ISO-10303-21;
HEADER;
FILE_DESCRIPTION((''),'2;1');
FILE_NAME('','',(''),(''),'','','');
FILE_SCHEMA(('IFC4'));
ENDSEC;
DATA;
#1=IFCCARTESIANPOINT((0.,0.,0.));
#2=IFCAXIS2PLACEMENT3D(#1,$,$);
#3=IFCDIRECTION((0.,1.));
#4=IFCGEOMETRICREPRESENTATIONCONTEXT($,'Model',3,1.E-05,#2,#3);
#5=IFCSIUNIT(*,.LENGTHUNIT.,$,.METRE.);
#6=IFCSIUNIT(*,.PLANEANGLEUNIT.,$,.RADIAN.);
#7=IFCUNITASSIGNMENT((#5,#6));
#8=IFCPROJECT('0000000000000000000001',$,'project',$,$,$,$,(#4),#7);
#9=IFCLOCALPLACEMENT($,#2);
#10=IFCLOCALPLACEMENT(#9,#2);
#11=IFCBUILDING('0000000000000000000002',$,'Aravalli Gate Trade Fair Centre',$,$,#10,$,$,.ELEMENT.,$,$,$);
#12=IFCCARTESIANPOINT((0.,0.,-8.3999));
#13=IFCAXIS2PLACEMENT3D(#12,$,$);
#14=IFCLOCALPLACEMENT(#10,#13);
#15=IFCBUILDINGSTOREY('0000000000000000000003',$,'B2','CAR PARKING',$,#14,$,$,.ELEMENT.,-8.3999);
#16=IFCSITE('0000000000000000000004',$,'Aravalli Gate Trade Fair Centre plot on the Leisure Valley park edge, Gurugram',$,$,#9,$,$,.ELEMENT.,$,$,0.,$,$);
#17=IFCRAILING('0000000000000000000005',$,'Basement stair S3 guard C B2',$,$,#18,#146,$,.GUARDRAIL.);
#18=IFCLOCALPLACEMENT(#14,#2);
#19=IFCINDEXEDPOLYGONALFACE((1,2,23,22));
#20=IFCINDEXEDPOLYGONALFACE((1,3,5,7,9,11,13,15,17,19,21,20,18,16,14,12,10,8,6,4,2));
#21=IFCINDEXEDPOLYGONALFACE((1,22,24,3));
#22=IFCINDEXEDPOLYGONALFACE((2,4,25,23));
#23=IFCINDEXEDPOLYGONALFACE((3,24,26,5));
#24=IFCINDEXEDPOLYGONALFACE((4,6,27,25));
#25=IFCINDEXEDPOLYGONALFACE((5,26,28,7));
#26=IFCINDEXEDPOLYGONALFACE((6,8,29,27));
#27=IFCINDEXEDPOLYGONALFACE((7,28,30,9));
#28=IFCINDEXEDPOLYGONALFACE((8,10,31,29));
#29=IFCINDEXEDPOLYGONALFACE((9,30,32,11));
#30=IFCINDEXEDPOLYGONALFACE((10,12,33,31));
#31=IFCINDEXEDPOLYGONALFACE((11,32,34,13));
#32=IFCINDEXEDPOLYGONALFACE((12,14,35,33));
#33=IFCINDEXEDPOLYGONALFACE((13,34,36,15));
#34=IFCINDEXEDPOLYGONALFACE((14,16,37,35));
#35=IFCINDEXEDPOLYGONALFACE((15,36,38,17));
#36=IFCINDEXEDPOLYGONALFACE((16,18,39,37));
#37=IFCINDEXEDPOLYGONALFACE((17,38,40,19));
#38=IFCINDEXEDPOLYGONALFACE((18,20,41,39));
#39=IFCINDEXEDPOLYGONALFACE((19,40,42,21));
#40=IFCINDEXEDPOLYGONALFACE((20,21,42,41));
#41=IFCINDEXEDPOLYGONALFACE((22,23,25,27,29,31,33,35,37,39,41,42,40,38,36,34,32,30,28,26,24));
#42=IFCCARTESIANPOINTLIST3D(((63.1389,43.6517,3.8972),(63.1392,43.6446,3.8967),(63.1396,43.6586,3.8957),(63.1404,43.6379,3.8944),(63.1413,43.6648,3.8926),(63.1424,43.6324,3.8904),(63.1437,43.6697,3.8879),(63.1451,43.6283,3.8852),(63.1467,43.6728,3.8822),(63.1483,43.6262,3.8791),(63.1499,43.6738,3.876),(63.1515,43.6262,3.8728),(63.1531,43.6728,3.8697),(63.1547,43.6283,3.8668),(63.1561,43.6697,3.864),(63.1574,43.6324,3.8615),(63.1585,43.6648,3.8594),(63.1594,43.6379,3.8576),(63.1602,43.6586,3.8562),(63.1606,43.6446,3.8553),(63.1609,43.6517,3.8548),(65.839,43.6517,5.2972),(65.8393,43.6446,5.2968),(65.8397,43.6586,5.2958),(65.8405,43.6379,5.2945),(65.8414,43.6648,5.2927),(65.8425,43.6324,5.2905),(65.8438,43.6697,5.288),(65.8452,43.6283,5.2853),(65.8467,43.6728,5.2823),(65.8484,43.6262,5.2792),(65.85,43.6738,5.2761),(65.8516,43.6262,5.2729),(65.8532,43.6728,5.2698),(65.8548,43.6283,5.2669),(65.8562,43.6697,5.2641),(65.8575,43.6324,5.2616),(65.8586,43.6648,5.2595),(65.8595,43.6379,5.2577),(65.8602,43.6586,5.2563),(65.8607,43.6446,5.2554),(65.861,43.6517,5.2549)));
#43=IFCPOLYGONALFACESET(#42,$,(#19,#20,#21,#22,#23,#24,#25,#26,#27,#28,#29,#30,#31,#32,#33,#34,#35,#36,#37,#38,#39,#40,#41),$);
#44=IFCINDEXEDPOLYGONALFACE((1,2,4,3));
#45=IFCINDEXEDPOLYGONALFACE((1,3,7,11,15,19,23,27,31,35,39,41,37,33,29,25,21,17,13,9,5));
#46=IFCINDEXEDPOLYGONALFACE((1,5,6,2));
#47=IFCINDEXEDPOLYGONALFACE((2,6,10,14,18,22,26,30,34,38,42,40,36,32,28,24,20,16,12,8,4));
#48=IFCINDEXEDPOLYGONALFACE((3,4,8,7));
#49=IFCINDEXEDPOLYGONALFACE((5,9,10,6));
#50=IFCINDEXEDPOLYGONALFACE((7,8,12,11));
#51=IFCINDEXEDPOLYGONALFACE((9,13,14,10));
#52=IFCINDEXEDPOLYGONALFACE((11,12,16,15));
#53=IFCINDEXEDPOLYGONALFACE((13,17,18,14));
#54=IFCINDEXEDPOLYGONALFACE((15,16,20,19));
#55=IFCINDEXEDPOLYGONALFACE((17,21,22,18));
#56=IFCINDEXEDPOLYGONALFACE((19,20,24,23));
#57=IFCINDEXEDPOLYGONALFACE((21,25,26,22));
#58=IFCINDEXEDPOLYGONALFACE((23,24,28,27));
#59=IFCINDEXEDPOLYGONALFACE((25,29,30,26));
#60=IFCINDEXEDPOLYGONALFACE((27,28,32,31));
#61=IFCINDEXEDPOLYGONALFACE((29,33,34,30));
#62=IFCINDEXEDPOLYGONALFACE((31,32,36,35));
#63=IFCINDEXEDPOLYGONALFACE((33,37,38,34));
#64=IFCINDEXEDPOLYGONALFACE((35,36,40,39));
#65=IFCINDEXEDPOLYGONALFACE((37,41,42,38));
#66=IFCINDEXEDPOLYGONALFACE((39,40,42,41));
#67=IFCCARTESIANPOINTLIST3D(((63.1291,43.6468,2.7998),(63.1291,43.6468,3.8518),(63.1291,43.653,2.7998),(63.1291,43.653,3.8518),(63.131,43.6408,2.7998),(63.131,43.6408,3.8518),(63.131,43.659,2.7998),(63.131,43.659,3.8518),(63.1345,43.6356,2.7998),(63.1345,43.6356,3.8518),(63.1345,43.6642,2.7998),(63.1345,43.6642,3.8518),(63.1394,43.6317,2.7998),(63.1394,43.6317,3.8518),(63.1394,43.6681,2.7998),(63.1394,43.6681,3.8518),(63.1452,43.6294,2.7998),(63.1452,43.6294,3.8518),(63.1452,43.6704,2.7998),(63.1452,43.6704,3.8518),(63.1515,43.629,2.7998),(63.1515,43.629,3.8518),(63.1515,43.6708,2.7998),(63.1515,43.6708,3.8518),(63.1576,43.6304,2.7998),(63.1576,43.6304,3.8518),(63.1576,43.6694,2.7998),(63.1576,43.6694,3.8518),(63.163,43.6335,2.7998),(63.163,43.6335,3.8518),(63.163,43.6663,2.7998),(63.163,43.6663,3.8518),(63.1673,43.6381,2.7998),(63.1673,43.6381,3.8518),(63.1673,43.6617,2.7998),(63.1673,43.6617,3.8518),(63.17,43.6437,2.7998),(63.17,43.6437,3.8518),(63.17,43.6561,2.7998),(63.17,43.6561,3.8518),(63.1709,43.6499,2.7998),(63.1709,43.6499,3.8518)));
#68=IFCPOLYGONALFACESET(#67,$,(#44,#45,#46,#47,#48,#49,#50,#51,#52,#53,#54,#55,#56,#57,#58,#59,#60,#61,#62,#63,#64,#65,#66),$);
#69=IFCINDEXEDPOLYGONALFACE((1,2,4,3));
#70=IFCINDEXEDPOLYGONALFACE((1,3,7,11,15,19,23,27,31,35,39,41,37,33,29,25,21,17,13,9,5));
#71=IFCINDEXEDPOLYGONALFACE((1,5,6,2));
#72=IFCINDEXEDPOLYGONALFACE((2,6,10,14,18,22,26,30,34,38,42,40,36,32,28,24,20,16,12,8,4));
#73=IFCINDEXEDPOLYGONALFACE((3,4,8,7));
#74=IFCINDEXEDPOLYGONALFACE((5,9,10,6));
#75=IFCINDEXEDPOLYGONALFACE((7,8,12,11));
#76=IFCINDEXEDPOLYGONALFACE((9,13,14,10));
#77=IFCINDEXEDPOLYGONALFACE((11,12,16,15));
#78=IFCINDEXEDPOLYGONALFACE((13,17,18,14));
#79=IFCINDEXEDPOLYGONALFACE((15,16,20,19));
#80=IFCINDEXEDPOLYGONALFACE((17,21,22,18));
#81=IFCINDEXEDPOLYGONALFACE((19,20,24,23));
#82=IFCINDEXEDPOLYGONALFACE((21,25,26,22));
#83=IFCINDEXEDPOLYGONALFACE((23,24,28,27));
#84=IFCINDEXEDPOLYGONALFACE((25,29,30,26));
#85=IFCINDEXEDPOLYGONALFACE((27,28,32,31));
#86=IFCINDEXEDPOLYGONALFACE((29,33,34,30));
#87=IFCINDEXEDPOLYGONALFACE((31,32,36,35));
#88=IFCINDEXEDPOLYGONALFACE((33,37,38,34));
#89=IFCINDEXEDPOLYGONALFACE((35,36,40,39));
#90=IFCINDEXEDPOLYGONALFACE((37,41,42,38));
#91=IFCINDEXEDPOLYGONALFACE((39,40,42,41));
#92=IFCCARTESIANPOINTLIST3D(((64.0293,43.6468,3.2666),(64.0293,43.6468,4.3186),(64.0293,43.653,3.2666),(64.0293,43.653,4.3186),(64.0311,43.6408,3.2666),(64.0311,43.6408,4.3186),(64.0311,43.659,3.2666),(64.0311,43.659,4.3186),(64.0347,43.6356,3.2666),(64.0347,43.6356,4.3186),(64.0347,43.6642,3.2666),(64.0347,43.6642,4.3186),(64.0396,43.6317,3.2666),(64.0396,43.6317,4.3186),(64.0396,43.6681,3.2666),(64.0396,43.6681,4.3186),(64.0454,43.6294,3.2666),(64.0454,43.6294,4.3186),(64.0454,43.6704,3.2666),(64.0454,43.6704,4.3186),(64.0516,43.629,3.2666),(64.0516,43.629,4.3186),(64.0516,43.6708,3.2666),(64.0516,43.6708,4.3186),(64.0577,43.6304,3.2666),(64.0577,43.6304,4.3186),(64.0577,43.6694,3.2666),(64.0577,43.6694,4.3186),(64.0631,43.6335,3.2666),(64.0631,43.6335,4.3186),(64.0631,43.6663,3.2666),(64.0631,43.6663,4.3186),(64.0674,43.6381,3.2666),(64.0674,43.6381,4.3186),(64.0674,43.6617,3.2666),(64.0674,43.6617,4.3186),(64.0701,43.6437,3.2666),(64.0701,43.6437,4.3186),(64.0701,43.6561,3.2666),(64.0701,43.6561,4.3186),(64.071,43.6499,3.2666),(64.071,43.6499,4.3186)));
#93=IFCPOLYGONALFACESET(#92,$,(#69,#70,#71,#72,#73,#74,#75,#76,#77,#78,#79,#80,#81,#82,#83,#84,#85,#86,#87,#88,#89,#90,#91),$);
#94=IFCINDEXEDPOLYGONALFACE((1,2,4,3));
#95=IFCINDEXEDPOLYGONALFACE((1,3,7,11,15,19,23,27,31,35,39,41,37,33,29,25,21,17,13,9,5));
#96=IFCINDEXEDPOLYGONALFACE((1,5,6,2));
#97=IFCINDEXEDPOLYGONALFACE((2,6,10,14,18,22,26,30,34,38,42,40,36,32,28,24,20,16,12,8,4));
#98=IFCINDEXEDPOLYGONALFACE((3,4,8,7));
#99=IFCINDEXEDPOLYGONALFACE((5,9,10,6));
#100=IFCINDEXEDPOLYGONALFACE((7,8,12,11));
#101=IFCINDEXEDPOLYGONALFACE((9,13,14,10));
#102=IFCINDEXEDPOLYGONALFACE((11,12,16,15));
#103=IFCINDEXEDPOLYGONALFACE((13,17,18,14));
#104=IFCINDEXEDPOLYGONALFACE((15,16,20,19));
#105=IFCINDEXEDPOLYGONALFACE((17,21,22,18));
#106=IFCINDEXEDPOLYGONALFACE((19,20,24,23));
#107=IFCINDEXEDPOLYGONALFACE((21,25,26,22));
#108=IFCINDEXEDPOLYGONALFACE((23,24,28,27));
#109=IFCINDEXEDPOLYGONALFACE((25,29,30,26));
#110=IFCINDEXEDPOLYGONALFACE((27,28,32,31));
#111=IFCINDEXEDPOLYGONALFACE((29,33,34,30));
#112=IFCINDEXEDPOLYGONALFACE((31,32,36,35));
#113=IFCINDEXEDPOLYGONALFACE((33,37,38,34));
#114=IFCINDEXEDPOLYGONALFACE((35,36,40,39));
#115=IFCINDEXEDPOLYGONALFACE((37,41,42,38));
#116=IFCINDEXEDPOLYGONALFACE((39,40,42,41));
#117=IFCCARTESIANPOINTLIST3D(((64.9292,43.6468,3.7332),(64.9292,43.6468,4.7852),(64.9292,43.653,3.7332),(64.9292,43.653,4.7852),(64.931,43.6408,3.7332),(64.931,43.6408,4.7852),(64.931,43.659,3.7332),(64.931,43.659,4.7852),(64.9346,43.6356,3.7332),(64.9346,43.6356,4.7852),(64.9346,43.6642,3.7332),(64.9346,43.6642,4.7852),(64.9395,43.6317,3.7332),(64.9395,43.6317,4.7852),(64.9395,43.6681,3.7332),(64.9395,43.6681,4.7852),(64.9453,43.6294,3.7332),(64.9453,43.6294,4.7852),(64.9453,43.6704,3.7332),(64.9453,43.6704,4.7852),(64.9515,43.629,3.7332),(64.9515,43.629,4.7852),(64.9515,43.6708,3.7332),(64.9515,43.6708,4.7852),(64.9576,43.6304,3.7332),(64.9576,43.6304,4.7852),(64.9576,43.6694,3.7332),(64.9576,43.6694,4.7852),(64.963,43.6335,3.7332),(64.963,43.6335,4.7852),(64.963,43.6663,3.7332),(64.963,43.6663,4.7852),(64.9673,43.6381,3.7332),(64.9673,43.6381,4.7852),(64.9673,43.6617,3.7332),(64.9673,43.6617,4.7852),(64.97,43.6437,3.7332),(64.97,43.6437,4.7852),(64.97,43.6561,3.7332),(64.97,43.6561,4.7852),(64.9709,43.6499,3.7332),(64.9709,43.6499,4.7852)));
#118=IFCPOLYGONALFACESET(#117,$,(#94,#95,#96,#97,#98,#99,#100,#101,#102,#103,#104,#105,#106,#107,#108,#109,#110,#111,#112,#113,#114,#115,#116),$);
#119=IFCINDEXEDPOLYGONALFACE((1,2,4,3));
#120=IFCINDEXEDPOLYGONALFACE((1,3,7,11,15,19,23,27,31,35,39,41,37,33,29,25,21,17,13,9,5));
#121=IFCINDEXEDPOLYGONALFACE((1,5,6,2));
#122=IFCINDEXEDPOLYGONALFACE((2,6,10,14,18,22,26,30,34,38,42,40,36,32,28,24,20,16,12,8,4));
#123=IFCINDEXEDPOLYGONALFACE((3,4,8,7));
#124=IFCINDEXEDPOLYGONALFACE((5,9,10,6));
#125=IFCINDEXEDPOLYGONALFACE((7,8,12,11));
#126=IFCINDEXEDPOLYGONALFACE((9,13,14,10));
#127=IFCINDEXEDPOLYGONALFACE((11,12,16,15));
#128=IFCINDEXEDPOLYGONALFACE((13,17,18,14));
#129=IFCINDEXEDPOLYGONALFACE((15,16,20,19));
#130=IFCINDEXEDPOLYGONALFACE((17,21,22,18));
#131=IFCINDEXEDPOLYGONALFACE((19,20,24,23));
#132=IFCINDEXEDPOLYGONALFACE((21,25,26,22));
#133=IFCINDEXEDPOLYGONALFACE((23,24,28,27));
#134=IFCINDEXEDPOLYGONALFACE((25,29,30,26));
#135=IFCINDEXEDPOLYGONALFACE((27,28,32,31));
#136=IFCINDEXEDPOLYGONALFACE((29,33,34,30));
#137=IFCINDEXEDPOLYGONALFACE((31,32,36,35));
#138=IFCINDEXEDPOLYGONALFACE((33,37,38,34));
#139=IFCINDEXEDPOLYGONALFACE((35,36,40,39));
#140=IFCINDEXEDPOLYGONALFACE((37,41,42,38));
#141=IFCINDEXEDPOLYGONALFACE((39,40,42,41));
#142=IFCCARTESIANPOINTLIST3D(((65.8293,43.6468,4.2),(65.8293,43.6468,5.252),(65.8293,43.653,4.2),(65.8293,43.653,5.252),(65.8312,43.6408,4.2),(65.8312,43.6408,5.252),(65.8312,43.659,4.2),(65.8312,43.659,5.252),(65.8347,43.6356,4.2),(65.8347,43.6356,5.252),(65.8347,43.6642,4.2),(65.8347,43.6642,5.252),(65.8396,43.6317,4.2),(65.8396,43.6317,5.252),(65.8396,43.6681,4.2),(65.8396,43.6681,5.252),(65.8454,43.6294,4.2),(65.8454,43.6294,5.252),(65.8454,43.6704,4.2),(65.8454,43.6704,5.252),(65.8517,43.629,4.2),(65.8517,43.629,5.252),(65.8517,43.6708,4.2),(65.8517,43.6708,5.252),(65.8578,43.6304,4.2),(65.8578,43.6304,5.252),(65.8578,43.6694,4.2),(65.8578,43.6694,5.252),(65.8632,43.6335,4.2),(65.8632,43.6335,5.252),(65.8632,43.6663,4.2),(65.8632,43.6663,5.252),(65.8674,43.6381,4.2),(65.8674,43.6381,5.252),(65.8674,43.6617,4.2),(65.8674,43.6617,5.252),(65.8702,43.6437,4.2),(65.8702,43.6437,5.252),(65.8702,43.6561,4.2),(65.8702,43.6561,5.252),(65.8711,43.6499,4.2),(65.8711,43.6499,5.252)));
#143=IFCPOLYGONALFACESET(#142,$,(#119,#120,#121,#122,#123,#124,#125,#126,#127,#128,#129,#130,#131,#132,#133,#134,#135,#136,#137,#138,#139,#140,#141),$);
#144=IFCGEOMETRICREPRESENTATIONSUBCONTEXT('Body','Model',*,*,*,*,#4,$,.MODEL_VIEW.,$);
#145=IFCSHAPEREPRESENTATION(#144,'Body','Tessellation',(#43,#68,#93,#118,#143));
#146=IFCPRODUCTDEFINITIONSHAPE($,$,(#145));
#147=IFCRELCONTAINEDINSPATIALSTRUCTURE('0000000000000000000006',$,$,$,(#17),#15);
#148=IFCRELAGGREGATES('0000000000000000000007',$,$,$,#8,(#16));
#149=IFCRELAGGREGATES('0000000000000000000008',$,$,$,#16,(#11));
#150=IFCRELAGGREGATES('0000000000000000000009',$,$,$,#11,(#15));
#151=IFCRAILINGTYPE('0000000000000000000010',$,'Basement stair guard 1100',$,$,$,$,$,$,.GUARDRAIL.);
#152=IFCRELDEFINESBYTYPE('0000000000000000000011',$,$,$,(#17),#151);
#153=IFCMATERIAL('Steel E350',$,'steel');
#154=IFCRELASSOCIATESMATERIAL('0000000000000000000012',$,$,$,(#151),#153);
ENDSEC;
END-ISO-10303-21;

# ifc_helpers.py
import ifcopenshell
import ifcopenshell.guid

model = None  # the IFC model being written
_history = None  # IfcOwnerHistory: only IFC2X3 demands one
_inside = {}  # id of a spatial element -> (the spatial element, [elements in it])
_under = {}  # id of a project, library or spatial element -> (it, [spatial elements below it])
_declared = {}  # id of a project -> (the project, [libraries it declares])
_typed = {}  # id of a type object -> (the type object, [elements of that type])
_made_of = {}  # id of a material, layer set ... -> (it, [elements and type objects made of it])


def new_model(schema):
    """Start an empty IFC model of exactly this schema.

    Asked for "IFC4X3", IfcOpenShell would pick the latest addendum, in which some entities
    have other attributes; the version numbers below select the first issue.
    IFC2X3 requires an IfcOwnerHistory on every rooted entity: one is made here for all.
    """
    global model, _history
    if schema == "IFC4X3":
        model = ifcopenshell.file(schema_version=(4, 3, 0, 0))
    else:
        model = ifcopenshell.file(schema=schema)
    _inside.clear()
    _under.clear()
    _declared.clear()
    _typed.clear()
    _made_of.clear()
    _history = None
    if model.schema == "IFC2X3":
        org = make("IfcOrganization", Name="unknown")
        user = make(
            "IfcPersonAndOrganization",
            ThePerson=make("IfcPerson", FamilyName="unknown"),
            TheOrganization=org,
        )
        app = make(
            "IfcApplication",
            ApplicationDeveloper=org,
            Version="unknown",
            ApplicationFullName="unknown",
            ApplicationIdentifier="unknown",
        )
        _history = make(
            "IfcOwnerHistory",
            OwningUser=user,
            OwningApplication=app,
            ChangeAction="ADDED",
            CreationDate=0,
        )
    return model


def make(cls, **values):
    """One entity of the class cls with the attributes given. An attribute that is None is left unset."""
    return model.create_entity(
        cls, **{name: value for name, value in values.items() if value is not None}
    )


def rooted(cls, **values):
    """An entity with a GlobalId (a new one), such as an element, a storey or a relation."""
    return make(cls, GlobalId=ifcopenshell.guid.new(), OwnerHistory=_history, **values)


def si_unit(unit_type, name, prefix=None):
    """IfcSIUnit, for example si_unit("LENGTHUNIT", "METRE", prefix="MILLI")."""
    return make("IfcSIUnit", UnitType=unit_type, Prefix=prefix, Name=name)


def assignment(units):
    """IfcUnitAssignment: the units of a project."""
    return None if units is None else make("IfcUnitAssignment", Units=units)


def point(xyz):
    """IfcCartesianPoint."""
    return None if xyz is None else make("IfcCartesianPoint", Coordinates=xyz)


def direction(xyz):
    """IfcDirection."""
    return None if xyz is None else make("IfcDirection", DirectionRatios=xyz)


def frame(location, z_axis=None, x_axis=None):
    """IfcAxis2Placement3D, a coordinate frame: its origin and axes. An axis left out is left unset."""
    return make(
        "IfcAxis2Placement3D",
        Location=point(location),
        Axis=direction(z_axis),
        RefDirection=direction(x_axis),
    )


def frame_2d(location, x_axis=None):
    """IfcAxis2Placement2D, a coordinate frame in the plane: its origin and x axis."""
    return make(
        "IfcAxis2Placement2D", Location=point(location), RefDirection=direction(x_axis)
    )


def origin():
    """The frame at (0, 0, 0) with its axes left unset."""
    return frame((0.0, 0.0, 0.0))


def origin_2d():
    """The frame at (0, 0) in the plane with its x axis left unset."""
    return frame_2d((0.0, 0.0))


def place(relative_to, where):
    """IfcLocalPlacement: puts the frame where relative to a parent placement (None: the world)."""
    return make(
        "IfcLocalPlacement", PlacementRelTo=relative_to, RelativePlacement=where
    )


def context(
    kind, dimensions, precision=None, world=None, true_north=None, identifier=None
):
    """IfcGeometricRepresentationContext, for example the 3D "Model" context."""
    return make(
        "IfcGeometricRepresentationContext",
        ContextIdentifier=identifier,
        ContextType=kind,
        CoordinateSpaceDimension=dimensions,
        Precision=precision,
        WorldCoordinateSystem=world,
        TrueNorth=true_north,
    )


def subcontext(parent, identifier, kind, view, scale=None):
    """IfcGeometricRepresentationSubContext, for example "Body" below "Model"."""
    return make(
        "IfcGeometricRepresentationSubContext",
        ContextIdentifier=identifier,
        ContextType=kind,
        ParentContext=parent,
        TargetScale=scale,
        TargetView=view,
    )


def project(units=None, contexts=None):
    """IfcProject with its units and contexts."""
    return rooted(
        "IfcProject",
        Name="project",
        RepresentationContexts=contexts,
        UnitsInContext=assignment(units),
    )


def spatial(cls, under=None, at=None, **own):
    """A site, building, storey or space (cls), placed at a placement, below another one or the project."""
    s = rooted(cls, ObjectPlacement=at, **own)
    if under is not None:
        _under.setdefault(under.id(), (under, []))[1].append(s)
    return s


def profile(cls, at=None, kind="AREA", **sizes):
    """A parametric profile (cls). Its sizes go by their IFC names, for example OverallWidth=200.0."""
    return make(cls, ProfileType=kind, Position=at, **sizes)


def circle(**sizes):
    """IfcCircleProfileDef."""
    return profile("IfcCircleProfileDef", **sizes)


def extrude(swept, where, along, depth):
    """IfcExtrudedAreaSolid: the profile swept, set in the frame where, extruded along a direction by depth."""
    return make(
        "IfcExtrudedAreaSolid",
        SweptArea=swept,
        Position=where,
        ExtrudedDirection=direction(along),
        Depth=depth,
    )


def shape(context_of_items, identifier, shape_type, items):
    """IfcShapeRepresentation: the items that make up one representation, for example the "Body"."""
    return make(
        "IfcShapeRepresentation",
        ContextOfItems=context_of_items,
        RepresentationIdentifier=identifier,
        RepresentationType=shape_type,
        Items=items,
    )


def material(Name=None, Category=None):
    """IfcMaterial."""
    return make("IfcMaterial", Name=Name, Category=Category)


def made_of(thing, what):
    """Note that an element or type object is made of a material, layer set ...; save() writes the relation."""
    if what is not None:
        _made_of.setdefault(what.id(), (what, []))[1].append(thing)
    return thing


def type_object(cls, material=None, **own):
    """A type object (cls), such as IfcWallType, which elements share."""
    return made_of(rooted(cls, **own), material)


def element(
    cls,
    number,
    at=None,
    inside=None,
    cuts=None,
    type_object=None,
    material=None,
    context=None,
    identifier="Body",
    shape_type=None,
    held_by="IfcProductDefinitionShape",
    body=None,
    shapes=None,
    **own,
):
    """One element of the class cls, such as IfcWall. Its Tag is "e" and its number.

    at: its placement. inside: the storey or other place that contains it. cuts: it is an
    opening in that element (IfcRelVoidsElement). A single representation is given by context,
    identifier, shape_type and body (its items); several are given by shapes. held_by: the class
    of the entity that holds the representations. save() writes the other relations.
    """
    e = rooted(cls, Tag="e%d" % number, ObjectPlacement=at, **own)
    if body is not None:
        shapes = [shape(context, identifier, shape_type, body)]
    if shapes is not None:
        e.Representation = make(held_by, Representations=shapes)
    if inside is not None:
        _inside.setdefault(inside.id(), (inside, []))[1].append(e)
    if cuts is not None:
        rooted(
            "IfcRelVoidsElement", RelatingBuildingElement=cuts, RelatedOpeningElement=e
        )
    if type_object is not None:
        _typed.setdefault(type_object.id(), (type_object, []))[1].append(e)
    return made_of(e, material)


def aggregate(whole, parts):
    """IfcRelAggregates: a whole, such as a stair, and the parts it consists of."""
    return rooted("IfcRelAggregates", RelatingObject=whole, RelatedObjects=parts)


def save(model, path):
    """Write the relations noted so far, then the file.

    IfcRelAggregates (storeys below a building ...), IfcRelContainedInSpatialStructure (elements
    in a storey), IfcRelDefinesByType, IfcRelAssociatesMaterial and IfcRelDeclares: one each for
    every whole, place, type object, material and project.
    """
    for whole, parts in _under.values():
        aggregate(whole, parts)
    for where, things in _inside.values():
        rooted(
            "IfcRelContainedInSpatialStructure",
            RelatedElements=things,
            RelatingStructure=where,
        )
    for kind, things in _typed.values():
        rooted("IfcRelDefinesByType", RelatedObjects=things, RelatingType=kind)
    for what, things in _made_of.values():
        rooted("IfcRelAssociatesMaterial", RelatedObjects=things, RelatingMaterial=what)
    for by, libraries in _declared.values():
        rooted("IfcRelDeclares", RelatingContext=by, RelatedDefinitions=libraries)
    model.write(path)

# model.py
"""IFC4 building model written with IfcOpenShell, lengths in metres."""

from ifc_helpers import new_model, si_unit, direction, frame, origin, origin_2d, place, context, subcontext, project, spatial, circle, extrude, material, type_object, element, save


model = new_model("IFC4")

# Units and contexts
model_context = context("Model", 3, precision=1e-05, world=origin(), true_north=direction((0.0, 1.0)))
body_context = subcontext(model_context, "Body", "Model", "MODEL_VIEW")
ifc_project = project(units=[si_unit("LENGTHUNIT", "METRE"), si_unit("PLANEANGLEUNIT", "RADIAN")], contexts=[model_context])

# Site, building, storey
site_placement = place(None, origin())
site = spatial("IfcSite", under=ifc_project, at=site_placement, Name="Aravalli Gate Trade Fair Centre plot on the Leisure Valley park edge, Gurugram", CompositionType="ELEMENT", RefElevation=0.0)
building_placement = place(site_placement, origin())
building = spatial("IfcBuilding", under=site, at=building_placement, Name="Aravalli Gate Trade Fair Centre", CompositionType="ELEMENT")
storey_placement = place(building_placement, frame((0.0, 0.0, -8.3999)))
storey = spatial("IfcBuildingStorey", under=building, at=storey_placement, Name="B2", Description="CAR PARKING", CompositionType="ELEMENT", Elevation=-8.3999)

# Railing
ifc_material_1 = material(Name="Steel E350", Category="steel")
railing_type_1 = type_object("IfcRailingType", Name="Basement stair guard 1100", PredefinedType="GUARDRAIL", material=ifc_material_1)
railing_1_placement = place(storey_placement, frame((63.1499, 43.6499, 2.7998)))
element("IfcRailing", 1, at=railing_1_placement, inside=storey, type_object=railing_type_1, Name="Basement stair S3 guard C B2", PredefinedType="GUARDRAIL", context=body_context, shape_type="SweptSolid", body=[
    extrude(circle(Radius=0.0239, at=origin_2d()), frame((0.0, 0.0, 1.0762), z_axis=(0.887748, 0.0, 0.460329), x_axis=(0.0, 1.0, 0.0)), (0.0, 0.0, 1.0), 3.0415),
    extrude(circle(Radius=0.021, at=origin_2d()), origin(), (0.0, 0.0, 1.0), 1.052),
    extrude(circle(Radius=0.021, at=origin_2d()), frame((0.9001, 0.0, 0.4668)), (0.0, 0.0, 1.0), 1.052),
    extrude(circle(Radius=0.021, at=origin_2d()), frame((1.8, 0.0, 0.9333)), (0.0, 0.0, 1.0), 1.052),
    extrude(circle(Radius=0.021, at=origin_2d()), frame((2.7002, 0.0, 1.4001)), (0.0, 0.0, 1.0), 1.052),
])

save(model, "model.ifc")
